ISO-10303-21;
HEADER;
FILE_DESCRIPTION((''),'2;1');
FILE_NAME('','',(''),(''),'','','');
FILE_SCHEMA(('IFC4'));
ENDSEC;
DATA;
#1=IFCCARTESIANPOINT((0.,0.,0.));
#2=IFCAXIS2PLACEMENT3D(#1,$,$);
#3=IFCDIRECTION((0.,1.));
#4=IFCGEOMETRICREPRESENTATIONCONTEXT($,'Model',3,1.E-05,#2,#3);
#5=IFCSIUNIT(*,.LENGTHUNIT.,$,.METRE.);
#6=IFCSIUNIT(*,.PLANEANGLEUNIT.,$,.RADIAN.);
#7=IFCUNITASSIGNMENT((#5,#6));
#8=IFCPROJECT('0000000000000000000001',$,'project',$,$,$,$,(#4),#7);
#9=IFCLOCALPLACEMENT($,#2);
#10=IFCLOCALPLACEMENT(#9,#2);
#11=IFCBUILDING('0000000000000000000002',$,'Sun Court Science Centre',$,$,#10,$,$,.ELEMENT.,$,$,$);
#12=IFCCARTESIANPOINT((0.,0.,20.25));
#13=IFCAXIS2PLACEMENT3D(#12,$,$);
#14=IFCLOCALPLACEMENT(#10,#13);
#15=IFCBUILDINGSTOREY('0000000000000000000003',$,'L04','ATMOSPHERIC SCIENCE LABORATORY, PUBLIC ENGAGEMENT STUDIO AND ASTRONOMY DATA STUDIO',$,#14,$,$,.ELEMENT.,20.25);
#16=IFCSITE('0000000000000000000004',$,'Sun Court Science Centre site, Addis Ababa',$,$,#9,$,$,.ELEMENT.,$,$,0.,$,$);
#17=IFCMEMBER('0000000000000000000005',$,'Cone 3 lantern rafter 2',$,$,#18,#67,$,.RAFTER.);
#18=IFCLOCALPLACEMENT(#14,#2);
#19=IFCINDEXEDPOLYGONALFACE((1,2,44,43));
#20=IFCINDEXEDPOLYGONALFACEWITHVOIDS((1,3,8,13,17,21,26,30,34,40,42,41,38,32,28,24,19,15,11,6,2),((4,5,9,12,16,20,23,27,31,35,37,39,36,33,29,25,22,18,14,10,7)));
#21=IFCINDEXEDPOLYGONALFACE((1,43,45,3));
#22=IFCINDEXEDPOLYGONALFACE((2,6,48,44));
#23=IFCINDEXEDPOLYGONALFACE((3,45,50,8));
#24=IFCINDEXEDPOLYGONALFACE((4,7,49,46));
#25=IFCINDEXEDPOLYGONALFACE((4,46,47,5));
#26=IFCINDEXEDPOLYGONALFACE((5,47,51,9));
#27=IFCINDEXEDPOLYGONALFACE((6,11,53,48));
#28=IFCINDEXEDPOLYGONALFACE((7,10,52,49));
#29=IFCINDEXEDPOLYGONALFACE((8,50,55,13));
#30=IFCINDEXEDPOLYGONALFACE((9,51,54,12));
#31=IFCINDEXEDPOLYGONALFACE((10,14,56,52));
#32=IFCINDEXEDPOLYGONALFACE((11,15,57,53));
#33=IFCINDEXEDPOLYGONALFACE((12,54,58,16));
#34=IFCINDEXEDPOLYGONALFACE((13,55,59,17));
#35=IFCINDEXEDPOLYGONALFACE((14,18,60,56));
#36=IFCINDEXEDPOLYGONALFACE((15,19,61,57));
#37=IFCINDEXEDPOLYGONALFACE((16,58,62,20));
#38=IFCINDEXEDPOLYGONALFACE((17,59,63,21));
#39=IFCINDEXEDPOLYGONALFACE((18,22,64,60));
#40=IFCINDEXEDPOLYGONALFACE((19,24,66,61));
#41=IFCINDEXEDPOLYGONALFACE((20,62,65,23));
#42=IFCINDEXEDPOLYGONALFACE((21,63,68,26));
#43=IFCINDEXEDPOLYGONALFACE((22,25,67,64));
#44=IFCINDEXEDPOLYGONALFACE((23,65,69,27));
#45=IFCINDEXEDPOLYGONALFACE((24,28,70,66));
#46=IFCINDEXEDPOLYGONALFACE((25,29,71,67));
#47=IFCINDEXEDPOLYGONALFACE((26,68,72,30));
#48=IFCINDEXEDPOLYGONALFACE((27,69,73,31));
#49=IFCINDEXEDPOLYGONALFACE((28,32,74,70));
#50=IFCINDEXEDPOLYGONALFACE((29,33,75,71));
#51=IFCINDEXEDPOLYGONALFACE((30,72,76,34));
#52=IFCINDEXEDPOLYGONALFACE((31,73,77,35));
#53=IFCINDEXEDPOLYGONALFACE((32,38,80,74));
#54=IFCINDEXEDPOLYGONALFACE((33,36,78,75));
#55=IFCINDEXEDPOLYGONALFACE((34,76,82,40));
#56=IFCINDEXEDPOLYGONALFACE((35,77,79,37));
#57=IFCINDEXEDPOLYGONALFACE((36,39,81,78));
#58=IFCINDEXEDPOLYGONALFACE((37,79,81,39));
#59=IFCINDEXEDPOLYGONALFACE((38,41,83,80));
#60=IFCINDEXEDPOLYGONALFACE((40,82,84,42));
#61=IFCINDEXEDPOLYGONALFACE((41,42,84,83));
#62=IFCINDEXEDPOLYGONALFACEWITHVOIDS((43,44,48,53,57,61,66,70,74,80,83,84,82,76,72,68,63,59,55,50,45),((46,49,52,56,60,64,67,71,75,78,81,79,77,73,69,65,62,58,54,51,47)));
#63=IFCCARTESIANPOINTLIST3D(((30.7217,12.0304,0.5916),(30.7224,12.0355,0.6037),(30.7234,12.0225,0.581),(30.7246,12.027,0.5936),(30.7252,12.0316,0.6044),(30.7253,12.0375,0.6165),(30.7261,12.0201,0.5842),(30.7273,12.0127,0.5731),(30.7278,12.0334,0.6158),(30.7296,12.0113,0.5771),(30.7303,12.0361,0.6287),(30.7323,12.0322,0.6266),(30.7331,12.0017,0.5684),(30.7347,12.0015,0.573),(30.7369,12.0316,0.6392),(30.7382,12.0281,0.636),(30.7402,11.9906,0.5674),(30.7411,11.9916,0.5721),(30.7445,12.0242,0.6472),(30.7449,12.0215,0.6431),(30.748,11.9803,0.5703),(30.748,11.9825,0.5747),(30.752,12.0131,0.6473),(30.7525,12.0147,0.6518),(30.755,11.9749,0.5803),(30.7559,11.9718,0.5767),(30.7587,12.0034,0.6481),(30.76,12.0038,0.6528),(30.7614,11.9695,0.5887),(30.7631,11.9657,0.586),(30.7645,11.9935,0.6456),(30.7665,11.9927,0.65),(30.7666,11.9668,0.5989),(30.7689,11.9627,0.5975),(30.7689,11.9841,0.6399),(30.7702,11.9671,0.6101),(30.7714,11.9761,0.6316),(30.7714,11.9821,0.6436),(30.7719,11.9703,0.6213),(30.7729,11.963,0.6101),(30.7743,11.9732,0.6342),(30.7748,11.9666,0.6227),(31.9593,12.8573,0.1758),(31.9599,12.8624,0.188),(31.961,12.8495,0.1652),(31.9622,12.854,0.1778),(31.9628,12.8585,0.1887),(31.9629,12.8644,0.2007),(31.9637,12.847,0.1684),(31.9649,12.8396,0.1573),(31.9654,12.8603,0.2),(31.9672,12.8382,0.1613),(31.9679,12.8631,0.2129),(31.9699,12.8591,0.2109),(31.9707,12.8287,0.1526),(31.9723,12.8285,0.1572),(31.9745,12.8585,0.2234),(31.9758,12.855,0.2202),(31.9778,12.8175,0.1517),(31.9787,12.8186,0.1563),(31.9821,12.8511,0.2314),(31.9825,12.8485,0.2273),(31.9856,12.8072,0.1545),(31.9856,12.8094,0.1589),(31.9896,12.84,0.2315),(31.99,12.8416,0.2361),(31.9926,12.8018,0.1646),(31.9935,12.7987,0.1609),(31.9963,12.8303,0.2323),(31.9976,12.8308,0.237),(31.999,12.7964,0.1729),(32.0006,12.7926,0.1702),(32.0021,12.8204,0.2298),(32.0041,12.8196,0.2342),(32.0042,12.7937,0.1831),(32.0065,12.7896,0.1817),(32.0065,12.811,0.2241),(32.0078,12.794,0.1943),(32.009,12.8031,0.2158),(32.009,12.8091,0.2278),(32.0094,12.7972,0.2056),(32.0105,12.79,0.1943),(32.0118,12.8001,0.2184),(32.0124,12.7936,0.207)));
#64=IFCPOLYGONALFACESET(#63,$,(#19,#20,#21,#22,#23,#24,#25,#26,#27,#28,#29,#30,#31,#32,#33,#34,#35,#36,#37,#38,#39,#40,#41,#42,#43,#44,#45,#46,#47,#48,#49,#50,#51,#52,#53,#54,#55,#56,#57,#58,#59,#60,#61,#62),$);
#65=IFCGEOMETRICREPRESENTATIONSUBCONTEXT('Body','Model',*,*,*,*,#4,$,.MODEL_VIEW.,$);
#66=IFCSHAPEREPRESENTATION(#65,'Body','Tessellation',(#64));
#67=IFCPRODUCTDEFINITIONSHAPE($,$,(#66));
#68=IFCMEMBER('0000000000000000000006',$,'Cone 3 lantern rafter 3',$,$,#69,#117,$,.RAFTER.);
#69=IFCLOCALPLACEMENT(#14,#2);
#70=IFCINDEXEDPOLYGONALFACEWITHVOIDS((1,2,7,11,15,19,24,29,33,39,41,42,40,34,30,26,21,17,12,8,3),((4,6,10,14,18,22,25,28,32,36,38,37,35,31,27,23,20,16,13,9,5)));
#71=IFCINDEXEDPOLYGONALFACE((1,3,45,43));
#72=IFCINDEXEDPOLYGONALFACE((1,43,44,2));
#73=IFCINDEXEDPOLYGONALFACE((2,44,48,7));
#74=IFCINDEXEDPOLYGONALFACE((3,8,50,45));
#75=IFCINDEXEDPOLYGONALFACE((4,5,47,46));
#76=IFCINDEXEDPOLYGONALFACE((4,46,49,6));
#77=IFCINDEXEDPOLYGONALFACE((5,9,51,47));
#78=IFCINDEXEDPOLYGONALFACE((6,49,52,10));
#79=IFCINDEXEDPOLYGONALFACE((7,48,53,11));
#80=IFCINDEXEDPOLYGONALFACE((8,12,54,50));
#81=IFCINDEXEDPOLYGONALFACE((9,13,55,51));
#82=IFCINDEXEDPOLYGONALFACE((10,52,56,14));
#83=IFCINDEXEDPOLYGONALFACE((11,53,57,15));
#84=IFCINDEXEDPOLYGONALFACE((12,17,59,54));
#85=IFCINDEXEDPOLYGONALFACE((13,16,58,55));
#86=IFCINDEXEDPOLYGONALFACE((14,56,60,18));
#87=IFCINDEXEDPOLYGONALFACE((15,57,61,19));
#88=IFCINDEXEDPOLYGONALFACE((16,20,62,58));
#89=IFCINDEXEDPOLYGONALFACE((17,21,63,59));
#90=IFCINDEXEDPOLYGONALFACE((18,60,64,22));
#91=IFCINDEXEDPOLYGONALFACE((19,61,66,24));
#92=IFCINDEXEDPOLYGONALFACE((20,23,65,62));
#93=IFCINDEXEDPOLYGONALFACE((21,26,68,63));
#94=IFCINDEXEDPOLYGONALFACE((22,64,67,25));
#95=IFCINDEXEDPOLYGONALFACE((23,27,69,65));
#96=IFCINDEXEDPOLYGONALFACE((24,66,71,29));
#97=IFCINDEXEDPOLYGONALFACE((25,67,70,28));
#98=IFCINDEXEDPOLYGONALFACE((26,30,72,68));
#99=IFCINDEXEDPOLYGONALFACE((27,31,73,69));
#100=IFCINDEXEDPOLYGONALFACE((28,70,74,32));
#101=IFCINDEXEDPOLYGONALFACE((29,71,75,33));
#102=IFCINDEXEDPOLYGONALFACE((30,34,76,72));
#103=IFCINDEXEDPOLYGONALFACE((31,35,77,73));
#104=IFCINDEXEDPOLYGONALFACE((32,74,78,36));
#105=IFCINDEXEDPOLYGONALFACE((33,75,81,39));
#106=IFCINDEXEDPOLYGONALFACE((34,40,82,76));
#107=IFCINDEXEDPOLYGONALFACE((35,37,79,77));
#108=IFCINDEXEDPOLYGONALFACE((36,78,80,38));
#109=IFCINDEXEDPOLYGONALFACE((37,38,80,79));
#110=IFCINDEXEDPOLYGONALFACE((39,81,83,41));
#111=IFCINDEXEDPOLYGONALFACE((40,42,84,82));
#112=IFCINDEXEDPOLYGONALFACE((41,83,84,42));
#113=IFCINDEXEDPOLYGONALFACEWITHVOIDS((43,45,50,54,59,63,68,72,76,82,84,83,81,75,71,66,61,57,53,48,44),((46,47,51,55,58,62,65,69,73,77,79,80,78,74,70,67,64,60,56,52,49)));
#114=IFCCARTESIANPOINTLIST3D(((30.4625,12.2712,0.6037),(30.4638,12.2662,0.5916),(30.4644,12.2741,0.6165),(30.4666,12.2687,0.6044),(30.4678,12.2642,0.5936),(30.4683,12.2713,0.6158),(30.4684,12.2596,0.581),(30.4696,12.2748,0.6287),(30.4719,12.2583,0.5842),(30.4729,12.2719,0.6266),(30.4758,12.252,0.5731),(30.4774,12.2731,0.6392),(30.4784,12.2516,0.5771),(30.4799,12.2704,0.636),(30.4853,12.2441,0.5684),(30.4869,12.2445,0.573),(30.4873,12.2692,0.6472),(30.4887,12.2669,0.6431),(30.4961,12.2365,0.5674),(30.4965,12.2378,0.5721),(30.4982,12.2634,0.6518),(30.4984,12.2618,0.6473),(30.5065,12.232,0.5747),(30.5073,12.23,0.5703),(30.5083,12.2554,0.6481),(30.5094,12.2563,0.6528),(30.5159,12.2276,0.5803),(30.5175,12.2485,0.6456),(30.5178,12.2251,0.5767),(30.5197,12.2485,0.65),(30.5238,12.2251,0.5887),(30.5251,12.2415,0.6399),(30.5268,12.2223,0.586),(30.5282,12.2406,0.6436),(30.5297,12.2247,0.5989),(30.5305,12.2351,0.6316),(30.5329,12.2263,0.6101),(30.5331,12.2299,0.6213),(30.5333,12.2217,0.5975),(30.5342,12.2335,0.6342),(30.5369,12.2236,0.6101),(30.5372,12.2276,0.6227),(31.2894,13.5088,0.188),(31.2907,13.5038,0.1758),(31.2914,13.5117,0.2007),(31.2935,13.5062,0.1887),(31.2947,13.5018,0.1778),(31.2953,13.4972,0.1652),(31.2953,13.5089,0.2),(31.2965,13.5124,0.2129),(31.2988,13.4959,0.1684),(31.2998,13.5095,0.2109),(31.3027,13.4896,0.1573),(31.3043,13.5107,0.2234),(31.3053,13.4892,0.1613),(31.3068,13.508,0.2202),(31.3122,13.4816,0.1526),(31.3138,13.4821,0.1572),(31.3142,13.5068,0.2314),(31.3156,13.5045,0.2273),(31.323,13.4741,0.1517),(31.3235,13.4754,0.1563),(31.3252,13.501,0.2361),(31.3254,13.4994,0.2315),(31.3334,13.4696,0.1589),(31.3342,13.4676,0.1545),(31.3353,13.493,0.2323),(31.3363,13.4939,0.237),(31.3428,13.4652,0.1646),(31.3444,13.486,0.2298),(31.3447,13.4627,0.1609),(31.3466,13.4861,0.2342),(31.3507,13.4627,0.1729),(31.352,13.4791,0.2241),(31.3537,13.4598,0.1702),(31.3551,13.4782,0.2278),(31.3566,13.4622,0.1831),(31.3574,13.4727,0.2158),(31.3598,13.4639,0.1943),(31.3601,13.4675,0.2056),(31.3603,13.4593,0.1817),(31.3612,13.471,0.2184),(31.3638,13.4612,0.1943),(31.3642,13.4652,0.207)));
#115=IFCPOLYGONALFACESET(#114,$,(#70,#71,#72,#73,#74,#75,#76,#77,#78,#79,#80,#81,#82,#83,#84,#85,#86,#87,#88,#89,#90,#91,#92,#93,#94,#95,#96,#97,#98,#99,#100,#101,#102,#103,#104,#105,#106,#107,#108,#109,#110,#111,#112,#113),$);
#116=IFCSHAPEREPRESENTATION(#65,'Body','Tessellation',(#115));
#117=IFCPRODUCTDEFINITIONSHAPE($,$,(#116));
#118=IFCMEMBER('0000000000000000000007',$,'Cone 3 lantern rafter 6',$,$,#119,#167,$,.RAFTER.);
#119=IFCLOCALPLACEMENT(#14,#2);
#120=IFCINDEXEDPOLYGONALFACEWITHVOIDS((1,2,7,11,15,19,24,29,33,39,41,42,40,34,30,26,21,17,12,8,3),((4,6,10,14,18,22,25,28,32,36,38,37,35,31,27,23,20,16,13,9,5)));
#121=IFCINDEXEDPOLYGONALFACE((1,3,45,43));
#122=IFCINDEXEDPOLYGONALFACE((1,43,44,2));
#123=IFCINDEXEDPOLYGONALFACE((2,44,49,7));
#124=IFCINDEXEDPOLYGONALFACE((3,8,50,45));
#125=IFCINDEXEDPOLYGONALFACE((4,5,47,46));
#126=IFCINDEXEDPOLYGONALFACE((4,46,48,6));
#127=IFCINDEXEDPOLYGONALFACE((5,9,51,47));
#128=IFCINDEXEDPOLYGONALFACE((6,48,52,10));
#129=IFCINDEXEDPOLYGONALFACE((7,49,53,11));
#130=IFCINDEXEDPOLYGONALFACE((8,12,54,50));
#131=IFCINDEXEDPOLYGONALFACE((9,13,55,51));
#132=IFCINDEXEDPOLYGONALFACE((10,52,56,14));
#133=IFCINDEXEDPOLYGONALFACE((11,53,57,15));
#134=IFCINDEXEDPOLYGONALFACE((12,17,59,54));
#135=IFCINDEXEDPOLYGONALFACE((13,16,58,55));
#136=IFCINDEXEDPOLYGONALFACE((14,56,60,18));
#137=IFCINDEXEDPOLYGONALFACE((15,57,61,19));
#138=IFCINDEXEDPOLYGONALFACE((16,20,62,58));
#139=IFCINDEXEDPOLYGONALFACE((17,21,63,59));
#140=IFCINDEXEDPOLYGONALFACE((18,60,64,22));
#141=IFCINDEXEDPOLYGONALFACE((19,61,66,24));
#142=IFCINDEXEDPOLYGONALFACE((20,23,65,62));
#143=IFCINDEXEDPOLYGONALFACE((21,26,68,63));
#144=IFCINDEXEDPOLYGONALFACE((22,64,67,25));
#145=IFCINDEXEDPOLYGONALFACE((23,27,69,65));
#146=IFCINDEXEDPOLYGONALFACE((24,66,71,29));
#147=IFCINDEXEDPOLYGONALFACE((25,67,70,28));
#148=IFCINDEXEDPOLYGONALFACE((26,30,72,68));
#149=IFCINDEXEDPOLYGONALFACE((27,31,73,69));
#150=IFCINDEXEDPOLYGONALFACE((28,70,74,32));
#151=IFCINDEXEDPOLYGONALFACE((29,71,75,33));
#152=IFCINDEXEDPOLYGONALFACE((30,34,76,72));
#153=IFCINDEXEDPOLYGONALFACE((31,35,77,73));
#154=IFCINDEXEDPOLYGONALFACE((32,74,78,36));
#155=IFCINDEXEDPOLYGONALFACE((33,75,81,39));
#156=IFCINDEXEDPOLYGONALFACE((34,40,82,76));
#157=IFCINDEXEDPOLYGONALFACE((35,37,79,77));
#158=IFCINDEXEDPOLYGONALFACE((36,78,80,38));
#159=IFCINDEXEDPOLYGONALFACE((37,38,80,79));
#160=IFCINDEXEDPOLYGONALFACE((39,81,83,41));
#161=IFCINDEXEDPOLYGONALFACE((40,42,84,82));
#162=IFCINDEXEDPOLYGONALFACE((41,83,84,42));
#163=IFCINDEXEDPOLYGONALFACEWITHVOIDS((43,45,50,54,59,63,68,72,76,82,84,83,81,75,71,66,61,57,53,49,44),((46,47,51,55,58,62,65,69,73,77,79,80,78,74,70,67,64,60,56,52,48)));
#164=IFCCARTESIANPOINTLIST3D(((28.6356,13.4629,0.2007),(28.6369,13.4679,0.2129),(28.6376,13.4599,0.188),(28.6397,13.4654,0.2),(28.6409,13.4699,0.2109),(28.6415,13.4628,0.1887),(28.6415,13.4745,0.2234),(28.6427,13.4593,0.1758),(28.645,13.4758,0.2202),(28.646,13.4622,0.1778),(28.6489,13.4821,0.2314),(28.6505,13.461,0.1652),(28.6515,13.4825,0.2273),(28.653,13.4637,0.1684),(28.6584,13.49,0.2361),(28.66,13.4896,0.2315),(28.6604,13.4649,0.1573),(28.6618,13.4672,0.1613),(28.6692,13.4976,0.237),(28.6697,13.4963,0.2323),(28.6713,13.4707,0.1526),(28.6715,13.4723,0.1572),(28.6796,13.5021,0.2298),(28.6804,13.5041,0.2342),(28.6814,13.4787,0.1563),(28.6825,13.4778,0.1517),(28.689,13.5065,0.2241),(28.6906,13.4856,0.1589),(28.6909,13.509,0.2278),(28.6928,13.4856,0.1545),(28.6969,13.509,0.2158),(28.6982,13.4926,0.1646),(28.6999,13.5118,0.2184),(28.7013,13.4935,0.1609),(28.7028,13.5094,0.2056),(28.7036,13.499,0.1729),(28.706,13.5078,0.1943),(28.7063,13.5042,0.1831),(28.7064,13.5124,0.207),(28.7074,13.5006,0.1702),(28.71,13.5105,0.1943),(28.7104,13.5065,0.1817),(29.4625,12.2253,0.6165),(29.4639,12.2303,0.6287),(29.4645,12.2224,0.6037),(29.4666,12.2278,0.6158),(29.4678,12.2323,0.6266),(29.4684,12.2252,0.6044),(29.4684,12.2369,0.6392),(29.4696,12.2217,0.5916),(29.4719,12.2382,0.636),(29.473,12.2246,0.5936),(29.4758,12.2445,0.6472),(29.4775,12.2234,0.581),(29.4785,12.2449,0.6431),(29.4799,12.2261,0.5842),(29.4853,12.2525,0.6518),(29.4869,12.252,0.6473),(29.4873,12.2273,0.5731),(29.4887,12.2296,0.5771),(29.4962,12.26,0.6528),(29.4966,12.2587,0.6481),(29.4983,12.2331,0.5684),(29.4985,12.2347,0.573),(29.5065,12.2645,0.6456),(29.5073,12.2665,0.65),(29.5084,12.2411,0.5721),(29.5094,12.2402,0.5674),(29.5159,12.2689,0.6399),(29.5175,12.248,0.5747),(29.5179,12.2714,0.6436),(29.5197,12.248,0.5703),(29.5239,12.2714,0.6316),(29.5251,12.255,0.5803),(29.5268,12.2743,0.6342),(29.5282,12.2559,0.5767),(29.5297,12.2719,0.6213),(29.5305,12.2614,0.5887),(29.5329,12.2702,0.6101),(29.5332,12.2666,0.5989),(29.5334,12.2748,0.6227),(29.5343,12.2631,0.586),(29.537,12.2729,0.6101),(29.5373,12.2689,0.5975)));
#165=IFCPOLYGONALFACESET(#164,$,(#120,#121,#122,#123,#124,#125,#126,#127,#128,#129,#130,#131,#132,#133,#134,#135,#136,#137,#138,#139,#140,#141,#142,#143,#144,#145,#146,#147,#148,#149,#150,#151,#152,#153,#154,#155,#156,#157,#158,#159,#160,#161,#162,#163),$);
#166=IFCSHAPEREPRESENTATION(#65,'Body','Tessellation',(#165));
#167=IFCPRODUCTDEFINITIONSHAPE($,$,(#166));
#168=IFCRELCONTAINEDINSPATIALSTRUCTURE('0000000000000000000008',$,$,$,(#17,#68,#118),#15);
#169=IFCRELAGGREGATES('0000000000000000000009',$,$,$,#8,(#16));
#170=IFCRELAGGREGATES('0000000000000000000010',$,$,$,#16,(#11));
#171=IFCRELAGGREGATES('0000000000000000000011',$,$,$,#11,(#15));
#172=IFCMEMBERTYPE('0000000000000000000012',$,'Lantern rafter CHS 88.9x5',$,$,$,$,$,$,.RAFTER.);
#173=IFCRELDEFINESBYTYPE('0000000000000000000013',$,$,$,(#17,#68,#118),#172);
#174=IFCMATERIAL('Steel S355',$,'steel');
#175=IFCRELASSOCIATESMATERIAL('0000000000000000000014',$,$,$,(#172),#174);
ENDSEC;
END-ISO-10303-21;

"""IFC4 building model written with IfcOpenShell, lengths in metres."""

from ifc_helpers import new_model, si_unit, direction, frame, origin, origin_2d, place, context, subcontext, project, spatial, hollow_circle, extrude, material, material_profile, profile_set, type_object, element, save


model = new_model("IFC4")

# Units and contexts
model_context = context("Model", 3, precision=1e-05, world=origin(), true_north=direction((0.0, 1.0)))
body_context = subcontext(model_context, "Body", "Model", "MODEL_VIEW")
ifc_project = project(units=[si_unit("LENGTHUNIT", "METRE"), si_unit("PLANEANGLEUNIT", "RADIAN")], contexts=[model_context])

# Site, building, storey
site_placement = place(None, origin())
site = spatial("IfcSite", under=ifc_project, at=site_placement, Name="Sun Court Science Centre site, Addis Ababa", CompositionType="ELEMENT", RefElevation=0.0)
building_placement = place(site_placement, origin())
building = spatial("IfcBuilding", under=site, at=building_placement, Name="Sun Court Science Centre", CompositionType="ELEMENT")
storey_placement = place(building_placement, frame((0.0, 0.0, 20.25)))
storey = spatial("IfcBuildingStorey", under=building, at=storey_placement, Name="L04", Description="ATMOSPHERIC SCIENCE LABORATORY, PUBLIC ENGAGEMENT STUDIO AND ASTRONOMY DATA STUDIO", CompositionType="ELEMENT", Elevation=20.25)

# Members
ifc_material_1 = material(Name="Steel S355", Category="steel")
ifc_material_profile_1 = material_profile(ifc_material_1, hollow_circle(Radius=0.0444, WallThickness=0.0049, at=origin_2d()), Name="CHS 88.9x5")
ifc_profile_set_1 = profile_set([ifc_material_profile_1], Name="Steel S355")
member_type_1 = type_object("IfcMemberType", Name="Lantern rafter CHS 88.9x5", PredefinedType="RAFTER", material=ifc_profile_set_1)
for number, where, z_axis, x_axis, name in (
    (1, (31.9858, 12.8269, 0.1943), (-0.800811, -0.535086, 0.269044), (0.555571, -0.831469, 0.0), "Cone 3 lantern rafter 2"),
    (2, (31.3269, 13.4858, 0.1943), (-0.535086, -0.800811, 0.269044), (0.831469, -0.555571, 0.0), "Cone 3 lantern rafter 3"),
    (3, (28.6731, 13.4858, 0.1943), (0.535086, -0.800811, 0.269044), (0.831469, 0.555571, 0.0), "Cone 3 lantern rafter 6"),
):
    element("IfcMember", number, at=place(storey_placement, frame(where, z_axis=z_axis, x_axis=x_axis)), inside=storey, type_object=member_type_1, Name=name, PredefinedType="RAFTER", context=body_context, shape_type="SweptSolid", body=[
        extrude(hollow_circle(Radius=0.0444, WallThickness=0.0049, at=origin_2d()), origin(), (0.0, 0.0, 1.0), 1.5454),
    ])

save(model, "model.ifc")
